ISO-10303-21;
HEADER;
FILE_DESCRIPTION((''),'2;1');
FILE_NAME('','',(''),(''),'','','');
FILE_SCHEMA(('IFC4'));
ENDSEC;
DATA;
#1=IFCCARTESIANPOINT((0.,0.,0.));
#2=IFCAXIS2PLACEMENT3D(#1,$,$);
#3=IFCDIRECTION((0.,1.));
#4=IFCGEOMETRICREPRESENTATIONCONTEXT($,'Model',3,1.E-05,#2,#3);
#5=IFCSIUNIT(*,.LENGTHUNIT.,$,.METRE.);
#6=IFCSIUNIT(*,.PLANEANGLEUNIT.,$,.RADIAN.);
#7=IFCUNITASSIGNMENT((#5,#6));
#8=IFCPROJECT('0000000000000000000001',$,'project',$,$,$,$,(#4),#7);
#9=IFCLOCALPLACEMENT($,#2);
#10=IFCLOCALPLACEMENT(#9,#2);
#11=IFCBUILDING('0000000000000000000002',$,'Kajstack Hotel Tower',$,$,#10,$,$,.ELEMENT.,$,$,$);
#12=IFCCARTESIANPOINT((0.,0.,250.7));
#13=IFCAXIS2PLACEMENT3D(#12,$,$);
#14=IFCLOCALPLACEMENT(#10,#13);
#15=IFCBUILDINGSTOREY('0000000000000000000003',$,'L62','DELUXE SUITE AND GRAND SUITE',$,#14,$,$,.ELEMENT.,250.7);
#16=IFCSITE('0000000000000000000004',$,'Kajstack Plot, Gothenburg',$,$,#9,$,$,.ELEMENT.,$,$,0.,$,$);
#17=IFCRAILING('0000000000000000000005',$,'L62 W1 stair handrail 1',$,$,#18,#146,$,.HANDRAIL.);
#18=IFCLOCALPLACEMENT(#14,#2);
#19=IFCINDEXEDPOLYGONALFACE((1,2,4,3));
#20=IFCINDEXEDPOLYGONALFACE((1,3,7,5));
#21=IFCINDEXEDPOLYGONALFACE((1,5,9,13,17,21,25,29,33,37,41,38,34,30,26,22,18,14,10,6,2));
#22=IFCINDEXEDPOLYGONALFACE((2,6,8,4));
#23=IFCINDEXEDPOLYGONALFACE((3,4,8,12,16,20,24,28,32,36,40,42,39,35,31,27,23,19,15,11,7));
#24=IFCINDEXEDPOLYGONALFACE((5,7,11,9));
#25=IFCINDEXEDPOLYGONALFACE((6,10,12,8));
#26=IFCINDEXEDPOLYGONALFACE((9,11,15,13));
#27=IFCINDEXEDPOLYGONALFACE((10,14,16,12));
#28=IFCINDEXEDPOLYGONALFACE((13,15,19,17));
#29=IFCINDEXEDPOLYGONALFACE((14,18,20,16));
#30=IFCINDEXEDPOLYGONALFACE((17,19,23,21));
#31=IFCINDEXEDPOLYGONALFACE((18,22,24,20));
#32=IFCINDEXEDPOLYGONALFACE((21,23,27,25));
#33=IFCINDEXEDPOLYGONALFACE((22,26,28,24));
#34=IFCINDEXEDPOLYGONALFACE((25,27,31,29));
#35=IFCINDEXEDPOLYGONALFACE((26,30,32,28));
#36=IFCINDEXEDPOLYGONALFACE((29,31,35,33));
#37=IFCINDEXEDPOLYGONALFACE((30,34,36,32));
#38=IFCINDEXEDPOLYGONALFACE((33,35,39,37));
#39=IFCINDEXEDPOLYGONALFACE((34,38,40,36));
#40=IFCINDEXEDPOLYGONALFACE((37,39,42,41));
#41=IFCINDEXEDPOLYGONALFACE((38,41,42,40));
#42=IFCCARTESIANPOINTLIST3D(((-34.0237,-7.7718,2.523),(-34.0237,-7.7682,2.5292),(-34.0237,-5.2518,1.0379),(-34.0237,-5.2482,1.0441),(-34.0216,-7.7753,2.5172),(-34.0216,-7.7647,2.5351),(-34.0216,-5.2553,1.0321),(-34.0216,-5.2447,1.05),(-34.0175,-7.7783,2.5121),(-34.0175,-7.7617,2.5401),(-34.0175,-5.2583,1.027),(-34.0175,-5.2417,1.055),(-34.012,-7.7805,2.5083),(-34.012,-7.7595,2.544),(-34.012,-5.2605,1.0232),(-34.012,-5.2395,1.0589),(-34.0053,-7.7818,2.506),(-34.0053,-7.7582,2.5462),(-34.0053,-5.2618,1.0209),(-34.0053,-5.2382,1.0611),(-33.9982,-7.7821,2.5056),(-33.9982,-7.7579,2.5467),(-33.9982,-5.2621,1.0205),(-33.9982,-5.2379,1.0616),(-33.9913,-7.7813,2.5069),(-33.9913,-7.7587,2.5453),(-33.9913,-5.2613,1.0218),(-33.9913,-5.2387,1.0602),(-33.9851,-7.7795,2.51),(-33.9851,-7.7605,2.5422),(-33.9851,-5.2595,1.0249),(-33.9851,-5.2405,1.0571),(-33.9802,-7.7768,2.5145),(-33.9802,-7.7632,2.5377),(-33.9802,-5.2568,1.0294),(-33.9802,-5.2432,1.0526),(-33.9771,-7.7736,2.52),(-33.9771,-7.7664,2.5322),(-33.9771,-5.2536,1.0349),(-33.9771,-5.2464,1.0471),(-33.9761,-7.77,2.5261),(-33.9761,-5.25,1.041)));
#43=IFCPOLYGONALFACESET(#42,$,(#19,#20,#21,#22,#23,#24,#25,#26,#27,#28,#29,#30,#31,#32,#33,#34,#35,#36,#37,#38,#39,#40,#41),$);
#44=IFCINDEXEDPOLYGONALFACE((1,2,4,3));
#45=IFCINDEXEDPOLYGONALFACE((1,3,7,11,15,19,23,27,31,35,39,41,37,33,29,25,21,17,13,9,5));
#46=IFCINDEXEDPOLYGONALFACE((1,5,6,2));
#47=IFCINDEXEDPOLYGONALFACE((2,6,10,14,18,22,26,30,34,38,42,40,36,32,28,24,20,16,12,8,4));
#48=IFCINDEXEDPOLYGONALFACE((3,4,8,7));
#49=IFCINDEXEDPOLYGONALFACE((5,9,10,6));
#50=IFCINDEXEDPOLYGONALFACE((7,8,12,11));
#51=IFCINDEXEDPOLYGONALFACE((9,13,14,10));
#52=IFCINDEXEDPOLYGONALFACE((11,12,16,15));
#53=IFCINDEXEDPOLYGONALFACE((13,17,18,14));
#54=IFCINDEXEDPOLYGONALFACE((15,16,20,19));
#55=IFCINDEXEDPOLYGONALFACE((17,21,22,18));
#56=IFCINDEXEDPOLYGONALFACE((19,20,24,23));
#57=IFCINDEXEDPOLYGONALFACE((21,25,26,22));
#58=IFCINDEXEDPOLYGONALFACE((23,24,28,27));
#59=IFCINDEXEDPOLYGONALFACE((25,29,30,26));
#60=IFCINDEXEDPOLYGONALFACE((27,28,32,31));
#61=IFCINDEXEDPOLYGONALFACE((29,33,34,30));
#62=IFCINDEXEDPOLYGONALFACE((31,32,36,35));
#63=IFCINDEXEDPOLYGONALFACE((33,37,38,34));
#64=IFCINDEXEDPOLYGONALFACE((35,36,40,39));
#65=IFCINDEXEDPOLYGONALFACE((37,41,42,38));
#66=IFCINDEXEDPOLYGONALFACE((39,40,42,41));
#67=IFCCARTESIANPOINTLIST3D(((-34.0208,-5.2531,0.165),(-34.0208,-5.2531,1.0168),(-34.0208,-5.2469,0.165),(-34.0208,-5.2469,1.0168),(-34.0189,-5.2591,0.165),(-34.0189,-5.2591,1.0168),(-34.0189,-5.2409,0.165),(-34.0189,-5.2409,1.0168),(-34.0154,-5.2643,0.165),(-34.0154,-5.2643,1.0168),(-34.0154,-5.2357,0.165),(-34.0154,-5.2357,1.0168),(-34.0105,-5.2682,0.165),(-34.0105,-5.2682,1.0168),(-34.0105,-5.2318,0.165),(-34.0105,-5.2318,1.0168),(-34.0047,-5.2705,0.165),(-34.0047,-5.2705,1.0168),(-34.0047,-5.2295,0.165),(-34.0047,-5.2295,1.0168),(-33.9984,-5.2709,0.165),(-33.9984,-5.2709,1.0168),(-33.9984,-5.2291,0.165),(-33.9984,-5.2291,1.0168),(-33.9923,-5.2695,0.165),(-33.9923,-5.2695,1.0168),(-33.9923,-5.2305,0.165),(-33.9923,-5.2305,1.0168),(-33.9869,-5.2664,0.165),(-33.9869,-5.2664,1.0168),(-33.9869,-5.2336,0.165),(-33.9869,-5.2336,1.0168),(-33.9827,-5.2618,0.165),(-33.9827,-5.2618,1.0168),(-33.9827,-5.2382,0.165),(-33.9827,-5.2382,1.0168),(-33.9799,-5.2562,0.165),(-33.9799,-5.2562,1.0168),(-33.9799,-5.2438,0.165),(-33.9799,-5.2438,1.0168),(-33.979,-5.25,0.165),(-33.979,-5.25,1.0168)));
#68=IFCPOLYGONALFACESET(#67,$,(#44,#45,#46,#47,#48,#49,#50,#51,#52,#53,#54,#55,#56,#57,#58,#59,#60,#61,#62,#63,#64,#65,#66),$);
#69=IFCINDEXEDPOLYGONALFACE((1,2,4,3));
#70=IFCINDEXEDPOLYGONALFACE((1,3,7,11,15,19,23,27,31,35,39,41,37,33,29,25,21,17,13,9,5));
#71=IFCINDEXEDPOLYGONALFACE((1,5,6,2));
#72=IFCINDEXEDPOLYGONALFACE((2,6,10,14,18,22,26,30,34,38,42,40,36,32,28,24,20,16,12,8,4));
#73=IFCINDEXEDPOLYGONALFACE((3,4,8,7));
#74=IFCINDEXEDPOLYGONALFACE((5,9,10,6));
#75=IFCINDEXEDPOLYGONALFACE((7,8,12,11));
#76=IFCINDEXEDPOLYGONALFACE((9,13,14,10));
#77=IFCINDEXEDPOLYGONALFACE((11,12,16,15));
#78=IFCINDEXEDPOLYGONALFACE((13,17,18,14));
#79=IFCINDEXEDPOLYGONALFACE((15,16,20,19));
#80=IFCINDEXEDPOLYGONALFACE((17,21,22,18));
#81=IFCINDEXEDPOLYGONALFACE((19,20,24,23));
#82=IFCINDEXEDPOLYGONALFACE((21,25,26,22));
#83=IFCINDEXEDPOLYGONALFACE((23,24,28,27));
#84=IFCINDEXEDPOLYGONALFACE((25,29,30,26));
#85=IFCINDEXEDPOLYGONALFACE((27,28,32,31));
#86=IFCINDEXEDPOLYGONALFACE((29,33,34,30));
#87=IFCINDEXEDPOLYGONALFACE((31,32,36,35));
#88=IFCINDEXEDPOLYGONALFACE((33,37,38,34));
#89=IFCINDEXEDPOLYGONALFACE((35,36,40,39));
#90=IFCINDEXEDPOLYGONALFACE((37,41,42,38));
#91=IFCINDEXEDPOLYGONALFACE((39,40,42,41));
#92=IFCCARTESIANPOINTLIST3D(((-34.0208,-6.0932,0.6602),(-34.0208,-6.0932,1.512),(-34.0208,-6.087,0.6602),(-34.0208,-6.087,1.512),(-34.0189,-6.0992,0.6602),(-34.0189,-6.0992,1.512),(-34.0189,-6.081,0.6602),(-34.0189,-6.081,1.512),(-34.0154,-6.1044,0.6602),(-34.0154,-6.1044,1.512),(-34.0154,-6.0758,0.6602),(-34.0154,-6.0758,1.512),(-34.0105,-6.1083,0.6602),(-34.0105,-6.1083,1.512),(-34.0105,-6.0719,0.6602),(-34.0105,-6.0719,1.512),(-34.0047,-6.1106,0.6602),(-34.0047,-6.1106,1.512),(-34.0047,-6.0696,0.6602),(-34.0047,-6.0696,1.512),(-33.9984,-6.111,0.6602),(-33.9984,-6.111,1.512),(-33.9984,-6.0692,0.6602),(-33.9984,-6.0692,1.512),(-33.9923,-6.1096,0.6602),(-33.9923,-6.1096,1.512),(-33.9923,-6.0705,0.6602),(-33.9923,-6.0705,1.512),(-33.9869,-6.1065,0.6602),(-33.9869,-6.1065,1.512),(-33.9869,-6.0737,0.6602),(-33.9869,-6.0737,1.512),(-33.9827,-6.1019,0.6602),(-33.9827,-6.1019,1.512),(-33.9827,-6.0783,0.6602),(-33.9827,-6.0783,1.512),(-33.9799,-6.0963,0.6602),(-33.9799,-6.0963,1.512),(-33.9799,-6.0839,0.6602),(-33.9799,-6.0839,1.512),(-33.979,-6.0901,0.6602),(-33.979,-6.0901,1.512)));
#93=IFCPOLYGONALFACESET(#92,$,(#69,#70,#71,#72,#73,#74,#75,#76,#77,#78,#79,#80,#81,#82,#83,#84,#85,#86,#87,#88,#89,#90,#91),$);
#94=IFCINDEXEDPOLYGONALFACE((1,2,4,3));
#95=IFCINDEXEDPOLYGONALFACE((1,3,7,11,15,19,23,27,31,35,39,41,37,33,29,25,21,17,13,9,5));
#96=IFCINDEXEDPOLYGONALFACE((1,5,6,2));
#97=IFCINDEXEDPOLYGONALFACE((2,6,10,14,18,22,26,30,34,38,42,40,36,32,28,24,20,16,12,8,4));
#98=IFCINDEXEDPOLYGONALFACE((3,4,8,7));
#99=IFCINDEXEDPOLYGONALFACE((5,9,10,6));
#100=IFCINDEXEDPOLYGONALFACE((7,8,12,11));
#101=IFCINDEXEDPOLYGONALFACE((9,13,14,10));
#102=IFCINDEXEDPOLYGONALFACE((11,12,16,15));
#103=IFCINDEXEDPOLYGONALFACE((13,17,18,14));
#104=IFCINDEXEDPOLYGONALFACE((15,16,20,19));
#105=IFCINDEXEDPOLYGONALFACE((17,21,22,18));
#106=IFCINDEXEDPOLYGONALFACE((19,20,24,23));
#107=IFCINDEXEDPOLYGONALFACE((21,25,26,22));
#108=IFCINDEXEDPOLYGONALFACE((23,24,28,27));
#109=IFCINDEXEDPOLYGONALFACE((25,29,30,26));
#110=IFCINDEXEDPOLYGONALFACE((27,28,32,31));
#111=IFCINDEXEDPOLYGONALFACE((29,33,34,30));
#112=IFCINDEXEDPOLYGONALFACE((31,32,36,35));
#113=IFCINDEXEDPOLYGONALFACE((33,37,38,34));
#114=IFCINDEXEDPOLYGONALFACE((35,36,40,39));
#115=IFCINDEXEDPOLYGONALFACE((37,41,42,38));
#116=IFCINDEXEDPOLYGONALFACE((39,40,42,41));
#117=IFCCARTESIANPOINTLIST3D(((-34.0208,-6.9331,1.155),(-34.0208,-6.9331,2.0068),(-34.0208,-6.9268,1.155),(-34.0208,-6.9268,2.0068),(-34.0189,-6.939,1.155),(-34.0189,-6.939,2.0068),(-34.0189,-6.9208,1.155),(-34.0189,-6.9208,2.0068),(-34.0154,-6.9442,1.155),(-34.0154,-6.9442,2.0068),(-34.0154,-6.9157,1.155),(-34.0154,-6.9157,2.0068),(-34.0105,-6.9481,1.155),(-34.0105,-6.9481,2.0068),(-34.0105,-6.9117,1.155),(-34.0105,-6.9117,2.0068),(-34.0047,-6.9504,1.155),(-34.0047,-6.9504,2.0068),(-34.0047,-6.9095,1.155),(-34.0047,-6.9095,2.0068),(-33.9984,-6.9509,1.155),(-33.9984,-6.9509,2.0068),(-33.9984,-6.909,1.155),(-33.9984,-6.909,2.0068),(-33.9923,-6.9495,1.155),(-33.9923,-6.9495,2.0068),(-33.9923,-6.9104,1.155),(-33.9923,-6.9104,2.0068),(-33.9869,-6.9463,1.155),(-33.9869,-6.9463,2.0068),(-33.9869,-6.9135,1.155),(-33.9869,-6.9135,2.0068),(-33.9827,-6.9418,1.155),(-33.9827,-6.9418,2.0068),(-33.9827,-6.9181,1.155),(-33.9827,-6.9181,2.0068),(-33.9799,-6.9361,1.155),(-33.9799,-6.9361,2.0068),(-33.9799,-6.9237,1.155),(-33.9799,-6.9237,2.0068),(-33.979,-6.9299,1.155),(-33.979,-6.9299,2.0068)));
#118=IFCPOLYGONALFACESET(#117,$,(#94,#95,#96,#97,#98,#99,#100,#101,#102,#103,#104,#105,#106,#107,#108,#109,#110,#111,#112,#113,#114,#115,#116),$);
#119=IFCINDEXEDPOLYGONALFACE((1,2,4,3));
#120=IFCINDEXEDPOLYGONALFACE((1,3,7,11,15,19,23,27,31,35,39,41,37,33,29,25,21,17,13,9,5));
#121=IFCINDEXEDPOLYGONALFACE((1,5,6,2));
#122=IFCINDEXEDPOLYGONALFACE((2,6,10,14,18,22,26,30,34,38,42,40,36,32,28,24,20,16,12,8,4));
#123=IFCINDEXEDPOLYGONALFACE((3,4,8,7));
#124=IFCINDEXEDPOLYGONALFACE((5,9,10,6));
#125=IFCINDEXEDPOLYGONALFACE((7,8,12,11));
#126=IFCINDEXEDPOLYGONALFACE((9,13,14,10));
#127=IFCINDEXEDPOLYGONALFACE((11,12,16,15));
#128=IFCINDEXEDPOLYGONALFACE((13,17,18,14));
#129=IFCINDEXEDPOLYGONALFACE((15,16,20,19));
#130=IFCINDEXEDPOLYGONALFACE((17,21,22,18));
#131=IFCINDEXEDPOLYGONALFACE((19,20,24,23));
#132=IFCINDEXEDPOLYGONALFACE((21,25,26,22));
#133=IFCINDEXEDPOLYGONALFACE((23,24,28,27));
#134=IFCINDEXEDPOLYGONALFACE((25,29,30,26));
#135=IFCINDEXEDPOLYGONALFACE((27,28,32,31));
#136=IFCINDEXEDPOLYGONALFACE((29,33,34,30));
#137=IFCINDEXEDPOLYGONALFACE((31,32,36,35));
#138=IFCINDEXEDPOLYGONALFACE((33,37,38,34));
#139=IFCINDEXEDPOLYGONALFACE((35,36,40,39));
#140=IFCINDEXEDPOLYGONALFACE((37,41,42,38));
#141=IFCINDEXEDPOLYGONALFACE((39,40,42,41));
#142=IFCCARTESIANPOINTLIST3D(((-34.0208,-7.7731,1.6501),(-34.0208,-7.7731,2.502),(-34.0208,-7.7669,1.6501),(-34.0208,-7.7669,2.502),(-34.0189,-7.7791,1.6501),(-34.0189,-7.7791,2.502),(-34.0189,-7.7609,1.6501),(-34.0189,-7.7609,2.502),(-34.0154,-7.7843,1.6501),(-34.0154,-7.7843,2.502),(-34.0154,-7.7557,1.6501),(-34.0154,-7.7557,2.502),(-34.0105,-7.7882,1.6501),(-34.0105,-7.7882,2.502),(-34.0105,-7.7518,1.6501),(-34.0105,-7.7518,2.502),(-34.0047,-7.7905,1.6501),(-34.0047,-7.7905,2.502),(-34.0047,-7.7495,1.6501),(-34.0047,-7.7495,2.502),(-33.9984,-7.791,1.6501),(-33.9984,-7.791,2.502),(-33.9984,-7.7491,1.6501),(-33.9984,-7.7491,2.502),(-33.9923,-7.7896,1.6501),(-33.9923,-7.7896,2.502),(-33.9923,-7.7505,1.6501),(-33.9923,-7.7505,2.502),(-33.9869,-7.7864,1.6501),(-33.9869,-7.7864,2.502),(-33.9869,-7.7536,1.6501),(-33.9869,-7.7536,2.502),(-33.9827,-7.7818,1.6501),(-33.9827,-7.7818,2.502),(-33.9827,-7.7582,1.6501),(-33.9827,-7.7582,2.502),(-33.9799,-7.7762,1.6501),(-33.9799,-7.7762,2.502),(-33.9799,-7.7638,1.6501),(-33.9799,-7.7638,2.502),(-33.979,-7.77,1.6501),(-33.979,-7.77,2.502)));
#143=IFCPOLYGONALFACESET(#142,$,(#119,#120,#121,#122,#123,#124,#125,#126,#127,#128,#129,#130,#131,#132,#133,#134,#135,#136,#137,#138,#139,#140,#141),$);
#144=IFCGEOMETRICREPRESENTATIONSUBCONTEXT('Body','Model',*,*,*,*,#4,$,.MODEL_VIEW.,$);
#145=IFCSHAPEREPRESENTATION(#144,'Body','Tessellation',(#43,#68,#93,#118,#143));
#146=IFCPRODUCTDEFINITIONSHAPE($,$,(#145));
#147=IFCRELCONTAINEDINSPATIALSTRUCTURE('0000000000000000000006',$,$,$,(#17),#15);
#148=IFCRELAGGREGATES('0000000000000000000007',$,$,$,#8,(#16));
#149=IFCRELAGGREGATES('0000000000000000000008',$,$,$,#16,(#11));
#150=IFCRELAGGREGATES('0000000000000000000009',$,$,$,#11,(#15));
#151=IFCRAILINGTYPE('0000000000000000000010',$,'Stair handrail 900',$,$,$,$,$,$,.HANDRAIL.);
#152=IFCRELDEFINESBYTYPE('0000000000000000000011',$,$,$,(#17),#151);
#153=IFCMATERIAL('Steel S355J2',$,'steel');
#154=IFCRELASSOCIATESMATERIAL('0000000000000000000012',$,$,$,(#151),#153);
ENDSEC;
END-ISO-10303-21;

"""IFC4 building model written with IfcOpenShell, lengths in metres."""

from ifc_helpers import new_model, si_unit, direction, frame, origin, origin_2d, place, context, subcontext, project, spatial, circle, extrude, material, type_object, element, save


model = new_model("IFC4")

# Units and contexts
model_context = context("Model", 3, precision=1e-05, world=origin(), true_north=direction((0.0, 1.0)))
body_context = subcontext(model_context, "Body", "Model", "MODEL_VIEW")
ifc_project = project(units=[si_unit("LENGTHUNIT", "METRE"), si_unit("PLANEANGLEUNIT", "RADIAN")], contexts=[model_context])

# Site, building, storey
site_placement = place(None, origin())
site = spatial("IfcSite", under=ifc_project, at=site_placement, Name="Kajstack Plot, Gothenburg", CompositionType="ELEMENT", RefElevation=0.0)
building_placement = place(site_placement, origin())
building = spatial("IfcBuilding", under=site, at=building_placement, Name="Kajstack Hotel Tower", CompositionType="ELEMENT")
storey_placement = place(building_placement, frame((0.0, 0.0, 250.7)))
storey = spatial("IfcBuildingStorey", under=building, at=storey_placement, Name="L62", Description="DELUXE SUITE AND GRAND SUITE", CompositionType="ELEMENT", Elevation=250.7)

# Railing
ifc_material_1 = material(Name="Steel S355J2", Category="steel")
railing_type_1 = type_object("IfcRailingType", Name="Stair handrail 900", PredefinedType="HANDRAIL", material=ifc_material_1)
railing_1_placement = place(storey_placement, frame((-34.0, -5.25, 0.165)))
element("IfcRailing", 1, at=railing_1_placement, inside=storey, type_object=railing_type_1, Name="L62 W1 stair handrail 1", PredefinedType="HANDRAIL", context=body_context, shape_type="SweptSolid", body=[
    extrude(circle(Radius=0.0239, at=origin_2d()), frame((0.0, 0.0, 0.876), z_axis=(0.0, -0.861524, 0.507717), x_axis=(1.0, 0.0, 0.0)), (0.0, 0.0, 1.0), 2.925),
    extrude(circle(Radius=0.021, at=origin_2d()), origin(), (0.0, 0.0, 1.0), 0.8518),
    extrude(circle(Radius=0.021, at=origin_2d()), frame((0.0, -0.8401, 0.4951)), (0.0, 0.0, 1.0), 0.8518),
    extrude(circle(Radius=0.021, at=origin_2d()), frame((0.0, -1.6799, 0.99)), (0.0, 0.0, 1.0), 0.8518),
    extrude(circle(Radius=0.021, at=origin_2d()), frame((0.0, -2.52, 1.4851)), (0.0, 0.0, 1.0), 0.8518),
])

save(model, "model.ifc")
